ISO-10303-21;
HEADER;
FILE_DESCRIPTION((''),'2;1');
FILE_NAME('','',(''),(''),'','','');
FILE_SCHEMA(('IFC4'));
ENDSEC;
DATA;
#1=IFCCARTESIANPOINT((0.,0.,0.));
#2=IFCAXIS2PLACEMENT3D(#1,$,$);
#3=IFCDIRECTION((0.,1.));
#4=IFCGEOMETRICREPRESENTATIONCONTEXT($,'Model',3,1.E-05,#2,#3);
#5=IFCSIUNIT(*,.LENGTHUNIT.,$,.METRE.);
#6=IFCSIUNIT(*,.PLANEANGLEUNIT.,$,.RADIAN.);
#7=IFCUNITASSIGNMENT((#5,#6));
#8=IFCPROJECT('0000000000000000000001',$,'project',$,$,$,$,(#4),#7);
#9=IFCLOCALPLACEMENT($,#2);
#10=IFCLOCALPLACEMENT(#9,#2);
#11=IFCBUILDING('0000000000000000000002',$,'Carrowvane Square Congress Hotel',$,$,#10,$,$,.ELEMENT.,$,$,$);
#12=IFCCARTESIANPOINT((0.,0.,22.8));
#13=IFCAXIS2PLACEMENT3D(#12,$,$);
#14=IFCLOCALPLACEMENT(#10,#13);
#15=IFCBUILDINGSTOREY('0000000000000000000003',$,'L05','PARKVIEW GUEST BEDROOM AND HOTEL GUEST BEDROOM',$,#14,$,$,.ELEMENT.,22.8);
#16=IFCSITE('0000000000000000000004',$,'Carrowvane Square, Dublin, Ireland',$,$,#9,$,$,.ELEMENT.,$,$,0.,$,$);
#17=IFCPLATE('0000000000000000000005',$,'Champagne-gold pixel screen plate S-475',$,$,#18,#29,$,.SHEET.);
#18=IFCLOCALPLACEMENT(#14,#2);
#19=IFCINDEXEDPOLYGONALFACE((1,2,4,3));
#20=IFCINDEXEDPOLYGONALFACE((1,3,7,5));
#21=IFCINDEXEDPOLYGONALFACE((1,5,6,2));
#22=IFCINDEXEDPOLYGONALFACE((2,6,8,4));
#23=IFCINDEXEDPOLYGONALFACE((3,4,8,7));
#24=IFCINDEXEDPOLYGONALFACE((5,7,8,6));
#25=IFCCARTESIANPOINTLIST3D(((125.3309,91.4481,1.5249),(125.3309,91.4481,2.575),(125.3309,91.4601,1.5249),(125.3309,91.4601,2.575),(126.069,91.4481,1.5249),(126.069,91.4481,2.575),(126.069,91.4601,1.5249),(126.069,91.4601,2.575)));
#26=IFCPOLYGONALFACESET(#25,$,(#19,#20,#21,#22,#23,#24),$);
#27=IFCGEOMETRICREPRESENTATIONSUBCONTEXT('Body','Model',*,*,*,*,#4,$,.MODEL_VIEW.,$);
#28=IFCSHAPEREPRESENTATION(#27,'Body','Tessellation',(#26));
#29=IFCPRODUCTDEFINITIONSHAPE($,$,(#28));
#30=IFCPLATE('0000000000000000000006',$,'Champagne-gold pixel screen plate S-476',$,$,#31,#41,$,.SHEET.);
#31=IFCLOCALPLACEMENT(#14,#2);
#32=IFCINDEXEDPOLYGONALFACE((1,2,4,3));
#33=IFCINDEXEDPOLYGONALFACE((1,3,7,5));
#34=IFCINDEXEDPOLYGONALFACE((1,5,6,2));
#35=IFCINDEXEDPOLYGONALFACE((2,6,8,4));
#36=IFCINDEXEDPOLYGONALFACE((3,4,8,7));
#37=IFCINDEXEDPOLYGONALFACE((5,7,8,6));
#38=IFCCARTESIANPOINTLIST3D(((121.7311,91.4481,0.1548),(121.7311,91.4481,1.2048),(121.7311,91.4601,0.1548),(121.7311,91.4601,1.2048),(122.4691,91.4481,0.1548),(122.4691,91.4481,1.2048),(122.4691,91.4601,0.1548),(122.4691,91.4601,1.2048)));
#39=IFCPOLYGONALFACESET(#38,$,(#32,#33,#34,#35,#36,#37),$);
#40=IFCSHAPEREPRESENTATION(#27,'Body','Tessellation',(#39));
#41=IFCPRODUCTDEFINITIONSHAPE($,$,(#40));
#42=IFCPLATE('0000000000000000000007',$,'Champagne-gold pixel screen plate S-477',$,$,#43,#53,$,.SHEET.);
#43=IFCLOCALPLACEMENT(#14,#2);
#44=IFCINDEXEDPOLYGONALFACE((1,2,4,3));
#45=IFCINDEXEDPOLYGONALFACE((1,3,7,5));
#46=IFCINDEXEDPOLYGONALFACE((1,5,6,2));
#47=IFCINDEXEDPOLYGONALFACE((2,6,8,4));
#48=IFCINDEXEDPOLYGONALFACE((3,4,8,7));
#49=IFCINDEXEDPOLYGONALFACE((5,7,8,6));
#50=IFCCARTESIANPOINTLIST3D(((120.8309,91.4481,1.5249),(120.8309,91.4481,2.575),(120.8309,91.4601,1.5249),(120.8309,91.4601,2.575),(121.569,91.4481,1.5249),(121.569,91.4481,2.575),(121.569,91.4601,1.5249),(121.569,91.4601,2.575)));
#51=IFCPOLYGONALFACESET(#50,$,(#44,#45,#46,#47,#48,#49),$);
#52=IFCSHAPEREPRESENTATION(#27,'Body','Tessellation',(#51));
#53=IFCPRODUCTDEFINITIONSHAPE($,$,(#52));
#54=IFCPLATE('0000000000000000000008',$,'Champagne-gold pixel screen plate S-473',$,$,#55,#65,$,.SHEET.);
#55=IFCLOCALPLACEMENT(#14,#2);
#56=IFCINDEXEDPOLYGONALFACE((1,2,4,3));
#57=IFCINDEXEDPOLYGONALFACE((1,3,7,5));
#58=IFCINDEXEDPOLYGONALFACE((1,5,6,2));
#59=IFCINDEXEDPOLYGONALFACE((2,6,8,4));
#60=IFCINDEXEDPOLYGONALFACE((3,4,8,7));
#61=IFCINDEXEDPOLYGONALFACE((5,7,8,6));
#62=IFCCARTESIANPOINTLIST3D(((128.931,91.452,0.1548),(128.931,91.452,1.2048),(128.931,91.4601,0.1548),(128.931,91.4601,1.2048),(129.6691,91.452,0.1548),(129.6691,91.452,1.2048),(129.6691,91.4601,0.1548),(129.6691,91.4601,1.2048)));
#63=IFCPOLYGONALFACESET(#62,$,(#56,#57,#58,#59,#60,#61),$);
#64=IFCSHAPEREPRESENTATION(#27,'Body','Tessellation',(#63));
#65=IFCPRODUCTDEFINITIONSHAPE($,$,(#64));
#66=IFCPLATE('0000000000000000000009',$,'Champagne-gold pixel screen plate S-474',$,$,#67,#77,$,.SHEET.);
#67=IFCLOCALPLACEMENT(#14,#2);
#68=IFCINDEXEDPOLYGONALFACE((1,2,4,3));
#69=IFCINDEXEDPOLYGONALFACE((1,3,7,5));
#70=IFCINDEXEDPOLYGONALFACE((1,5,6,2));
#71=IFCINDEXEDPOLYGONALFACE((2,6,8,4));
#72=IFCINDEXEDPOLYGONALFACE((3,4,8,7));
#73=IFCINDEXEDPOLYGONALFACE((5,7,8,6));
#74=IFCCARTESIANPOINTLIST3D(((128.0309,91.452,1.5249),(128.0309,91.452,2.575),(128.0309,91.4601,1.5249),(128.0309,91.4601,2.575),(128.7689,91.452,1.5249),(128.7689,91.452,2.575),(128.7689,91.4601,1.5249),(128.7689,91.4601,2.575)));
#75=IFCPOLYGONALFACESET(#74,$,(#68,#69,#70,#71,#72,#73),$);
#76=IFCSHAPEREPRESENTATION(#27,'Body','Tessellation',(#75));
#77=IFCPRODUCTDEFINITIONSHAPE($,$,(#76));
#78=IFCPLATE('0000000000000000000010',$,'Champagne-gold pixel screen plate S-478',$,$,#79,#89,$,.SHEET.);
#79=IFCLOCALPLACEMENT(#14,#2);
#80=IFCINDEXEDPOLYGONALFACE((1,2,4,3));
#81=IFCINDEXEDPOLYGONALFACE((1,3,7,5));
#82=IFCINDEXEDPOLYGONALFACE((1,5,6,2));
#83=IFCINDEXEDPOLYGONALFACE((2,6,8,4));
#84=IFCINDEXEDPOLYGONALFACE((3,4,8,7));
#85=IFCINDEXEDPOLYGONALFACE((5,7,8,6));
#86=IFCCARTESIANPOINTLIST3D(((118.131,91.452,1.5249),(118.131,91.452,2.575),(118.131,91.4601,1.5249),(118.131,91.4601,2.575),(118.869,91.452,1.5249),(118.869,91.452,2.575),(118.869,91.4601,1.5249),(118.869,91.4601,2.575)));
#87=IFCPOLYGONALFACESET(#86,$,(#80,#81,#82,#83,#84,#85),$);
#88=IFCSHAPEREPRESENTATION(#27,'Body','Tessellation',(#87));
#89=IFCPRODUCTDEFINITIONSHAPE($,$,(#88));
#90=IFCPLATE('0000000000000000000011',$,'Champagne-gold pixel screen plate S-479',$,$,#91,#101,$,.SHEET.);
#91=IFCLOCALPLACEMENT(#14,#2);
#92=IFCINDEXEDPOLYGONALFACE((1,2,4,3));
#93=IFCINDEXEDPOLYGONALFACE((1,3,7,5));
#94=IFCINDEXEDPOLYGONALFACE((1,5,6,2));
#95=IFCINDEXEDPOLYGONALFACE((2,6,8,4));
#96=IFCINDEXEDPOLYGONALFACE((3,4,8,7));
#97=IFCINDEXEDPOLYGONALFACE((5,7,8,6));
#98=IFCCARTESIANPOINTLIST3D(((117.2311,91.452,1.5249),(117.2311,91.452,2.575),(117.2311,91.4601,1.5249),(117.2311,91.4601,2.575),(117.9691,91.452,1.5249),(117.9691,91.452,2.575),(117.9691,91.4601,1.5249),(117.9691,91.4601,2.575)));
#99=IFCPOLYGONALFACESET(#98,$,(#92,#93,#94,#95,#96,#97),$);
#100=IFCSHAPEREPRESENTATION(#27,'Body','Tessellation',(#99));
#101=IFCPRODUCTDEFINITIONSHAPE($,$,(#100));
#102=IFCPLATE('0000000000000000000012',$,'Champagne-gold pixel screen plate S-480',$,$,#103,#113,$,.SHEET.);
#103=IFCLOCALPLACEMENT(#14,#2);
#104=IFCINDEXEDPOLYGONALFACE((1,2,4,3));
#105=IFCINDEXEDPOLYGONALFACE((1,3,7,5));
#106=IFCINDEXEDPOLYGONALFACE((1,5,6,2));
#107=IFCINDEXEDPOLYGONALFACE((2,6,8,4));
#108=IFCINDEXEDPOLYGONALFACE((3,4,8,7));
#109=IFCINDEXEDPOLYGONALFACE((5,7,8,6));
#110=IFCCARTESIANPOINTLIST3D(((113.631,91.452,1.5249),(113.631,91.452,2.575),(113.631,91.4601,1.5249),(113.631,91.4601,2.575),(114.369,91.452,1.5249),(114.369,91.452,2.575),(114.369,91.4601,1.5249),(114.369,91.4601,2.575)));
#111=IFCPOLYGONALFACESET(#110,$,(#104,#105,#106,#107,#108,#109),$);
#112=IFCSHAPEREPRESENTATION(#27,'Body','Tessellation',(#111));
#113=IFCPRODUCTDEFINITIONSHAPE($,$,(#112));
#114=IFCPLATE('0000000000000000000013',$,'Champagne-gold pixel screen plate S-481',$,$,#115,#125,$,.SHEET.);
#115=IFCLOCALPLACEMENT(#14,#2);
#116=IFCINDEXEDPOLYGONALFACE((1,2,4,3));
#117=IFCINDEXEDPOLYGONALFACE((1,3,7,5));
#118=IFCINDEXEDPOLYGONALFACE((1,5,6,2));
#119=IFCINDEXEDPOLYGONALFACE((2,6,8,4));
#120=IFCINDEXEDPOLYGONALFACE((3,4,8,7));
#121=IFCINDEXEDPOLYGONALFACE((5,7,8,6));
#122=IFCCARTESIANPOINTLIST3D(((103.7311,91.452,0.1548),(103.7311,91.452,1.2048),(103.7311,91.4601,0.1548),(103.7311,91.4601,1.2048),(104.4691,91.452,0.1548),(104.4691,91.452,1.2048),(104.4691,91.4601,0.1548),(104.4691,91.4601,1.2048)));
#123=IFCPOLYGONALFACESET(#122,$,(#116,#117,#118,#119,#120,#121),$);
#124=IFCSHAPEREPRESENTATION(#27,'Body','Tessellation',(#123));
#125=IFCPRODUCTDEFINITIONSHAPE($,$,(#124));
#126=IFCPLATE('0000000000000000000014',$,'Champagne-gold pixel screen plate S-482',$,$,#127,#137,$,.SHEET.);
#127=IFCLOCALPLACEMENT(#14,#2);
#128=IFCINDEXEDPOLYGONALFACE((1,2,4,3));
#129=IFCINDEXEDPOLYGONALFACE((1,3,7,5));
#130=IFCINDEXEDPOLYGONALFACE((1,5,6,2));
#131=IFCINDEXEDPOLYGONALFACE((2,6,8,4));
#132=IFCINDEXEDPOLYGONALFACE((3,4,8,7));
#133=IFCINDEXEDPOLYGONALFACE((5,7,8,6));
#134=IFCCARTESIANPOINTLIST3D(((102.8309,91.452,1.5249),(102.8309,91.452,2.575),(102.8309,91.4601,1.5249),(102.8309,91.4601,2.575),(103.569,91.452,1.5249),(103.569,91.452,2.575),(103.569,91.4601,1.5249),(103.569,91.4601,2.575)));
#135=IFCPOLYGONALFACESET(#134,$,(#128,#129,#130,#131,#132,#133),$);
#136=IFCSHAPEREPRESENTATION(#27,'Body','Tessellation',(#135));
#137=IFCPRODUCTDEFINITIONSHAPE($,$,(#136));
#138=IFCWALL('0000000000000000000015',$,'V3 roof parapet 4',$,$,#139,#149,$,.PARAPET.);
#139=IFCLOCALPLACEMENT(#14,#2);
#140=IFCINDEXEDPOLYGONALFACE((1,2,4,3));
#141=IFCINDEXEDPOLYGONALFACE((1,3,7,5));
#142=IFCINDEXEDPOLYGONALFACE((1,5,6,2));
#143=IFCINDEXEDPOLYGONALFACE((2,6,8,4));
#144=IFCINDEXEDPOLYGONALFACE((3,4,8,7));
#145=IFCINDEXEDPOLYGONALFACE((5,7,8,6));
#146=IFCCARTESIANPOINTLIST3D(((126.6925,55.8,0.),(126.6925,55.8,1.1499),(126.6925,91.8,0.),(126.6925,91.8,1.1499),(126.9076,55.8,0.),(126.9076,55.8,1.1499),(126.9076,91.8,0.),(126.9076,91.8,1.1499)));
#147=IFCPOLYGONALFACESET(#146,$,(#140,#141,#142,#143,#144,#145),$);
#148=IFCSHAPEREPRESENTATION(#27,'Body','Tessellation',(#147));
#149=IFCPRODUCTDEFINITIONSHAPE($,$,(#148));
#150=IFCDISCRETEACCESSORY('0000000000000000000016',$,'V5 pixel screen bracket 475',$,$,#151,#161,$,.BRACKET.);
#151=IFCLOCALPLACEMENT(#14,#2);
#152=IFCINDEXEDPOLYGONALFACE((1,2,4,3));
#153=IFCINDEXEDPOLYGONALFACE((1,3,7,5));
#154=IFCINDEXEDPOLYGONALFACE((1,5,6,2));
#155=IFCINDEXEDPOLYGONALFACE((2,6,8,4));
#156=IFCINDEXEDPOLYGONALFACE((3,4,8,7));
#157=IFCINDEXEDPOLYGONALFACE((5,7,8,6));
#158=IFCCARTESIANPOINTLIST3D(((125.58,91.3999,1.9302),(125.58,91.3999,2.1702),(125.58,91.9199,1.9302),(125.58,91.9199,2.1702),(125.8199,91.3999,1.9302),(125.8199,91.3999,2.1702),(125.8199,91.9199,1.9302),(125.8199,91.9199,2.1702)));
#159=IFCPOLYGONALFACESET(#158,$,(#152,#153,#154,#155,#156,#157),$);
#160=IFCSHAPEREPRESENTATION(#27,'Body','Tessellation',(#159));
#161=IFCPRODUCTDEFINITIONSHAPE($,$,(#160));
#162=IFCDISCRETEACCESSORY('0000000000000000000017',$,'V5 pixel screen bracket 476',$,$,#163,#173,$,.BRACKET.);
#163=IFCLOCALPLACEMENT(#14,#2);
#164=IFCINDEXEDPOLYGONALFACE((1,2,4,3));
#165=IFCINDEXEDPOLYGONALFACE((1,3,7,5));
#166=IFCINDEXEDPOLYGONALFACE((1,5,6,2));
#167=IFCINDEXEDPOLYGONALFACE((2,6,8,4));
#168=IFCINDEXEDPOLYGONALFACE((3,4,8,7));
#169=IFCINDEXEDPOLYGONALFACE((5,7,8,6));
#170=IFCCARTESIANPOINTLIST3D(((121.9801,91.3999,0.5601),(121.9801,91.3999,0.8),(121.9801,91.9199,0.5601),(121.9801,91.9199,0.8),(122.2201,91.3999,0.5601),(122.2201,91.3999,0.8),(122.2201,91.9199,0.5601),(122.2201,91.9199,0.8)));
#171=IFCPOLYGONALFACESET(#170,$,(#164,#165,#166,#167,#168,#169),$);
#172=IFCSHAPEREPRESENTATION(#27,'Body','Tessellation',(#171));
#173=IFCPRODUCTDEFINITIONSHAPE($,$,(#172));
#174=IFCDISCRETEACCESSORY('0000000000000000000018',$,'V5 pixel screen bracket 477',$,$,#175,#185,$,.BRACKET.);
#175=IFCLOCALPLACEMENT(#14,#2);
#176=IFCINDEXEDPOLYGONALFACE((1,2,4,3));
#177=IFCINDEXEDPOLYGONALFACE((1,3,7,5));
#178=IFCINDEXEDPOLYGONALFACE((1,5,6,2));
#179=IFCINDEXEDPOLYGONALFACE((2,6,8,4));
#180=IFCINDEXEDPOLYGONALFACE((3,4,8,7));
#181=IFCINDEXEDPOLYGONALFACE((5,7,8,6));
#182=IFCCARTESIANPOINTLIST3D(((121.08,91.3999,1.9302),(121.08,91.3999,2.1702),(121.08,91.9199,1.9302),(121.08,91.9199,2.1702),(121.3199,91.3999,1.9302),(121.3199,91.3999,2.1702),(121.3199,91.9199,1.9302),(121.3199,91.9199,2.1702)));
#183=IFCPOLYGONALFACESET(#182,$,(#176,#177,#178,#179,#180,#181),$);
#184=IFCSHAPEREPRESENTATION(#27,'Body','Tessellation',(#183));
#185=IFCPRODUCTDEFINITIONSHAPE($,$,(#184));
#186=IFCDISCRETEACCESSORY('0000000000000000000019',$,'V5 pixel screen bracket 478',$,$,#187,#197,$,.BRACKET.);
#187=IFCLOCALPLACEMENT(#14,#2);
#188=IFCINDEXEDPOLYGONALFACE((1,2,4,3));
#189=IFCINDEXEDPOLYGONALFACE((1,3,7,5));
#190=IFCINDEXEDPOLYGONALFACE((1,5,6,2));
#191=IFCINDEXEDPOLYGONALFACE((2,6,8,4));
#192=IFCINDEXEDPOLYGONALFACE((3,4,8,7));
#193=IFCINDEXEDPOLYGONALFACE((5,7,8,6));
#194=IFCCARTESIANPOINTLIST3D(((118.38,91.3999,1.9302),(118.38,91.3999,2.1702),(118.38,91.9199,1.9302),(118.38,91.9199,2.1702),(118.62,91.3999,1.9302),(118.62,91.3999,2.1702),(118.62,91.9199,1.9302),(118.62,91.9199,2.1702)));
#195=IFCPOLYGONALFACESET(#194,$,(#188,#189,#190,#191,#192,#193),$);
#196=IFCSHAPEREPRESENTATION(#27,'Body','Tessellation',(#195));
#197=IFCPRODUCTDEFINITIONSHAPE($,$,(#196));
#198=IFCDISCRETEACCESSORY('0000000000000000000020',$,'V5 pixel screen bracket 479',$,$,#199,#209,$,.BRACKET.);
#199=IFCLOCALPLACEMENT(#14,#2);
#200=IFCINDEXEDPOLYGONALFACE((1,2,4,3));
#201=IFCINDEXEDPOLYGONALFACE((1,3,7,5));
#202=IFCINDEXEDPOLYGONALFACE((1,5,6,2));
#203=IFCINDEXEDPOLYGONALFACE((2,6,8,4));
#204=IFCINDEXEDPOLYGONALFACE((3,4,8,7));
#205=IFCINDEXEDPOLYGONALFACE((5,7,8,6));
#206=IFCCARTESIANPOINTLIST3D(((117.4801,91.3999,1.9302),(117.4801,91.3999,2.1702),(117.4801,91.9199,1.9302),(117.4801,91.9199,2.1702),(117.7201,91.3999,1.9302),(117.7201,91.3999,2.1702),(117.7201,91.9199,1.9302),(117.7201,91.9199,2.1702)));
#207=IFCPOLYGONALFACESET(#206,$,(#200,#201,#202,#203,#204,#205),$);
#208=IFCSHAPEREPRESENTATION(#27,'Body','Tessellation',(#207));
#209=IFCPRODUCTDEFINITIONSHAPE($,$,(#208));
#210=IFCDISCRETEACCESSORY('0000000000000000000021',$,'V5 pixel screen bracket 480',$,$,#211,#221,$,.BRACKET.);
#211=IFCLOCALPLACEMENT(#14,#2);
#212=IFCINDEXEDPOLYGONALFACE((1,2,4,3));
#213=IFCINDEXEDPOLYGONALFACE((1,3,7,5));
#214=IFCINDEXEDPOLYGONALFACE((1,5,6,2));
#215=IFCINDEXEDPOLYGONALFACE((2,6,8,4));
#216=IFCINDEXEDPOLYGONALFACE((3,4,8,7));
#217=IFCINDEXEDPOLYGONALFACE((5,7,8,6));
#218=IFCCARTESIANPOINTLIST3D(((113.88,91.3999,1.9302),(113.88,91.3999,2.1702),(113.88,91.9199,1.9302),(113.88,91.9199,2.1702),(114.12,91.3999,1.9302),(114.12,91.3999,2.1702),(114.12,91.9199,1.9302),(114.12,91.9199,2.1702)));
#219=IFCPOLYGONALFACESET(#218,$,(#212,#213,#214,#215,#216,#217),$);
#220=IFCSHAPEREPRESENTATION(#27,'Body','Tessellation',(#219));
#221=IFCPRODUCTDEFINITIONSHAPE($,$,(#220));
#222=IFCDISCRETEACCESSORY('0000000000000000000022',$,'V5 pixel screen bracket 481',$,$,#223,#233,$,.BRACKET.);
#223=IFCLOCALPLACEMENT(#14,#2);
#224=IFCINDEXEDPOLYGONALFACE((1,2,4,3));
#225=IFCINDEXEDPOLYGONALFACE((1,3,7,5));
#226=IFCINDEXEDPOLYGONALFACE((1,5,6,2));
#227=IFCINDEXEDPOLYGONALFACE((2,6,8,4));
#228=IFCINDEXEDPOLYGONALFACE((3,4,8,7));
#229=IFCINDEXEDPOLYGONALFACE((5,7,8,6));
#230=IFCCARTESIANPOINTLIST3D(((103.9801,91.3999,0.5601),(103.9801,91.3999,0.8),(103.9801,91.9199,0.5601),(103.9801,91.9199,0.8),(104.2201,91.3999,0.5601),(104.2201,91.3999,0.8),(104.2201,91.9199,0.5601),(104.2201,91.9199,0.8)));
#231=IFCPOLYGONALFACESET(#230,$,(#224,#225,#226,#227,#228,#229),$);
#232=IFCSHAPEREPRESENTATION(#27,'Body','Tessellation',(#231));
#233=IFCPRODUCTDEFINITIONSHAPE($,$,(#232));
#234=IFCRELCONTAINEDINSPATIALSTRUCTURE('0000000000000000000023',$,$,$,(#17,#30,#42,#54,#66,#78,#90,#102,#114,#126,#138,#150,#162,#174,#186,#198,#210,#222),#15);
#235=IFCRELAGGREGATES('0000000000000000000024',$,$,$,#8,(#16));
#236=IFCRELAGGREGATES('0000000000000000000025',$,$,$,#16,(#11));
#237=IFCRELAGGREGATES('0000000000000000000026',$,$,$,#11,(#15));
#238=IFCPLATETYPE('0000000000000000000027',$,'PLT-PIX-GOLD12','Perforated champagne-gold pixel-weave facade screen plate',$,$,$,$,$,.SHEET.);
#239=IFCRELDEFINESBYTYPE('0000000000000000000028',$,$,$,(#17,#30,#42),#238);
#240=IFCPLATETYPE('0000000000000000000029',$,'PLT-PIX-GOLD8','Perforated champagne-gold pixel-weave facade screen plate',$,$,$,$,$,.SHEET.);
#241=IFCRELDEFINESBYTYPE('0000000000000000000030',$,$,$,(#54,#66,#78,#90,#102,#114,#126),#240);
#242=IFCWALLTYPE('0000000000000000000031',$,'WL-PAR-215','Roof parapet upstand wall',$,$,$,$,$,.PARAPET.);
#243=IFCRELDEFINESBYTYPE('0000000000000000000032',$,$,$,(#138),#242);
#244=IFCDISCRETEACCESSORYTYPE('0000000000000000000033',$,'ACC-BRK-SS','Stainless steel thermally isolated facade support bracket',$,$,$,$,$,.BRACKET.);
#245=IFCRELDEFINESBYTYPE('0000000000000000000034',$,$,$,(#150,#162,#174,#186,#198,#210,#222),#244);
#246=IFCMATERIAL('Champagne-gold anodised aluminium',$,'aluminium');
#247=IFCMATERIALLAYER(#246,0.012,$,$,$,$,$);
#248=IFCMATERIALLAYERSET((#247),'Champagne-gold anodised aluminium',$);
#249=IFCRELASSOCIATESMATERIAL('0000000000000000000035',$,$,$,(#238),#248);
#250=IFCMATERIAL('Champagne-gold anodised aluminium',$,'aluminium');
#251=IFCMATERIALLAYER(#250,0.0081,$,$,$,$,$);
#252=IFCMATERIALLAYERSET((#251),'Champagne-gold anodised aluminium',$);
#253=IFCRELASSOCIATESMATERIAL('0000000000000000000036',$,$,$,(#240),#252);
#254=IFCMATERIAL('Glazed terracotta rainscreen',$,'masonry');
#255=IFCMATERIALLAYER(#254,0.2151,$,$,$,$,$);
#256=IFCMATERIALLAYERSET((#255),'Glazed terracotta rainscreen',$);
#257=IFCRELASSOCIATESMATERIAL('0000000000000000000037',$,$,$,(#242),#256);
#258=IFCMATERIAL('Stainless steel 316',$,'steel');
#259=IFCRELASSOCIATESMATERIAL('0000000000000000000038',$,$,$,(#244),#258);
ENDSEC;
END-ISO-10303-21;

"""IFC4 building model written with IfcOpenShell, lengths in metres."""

from ifc_helpers import new_model, si_unit, direction, frame, frame_2d, origin, origin_2d, place, context, subcontext, project, spatial, rectangle, extrude, material, layer, layer_set, type_object, element, save


model = new_model("IFC4")

# Units and contexts
model_context = context("Model", 3, precision=1e-05, world=origin(), true_north=direction((0.0, 1.0)))
body_context = subcontext(model_context, "Body", "Model", "MODEL_VIEW")
ifc_project = project(units=[si_unit("LENGTHUNIT", "METRE"), si_unit("PLANEANGLEUNIT", "RADIAN")], contexts=[model_context])

# Site, building, storey
site_placement = place(None, origin())
site = spatial("IfcSite", under=ifc_project, at=site_placement, Name="Carrowvane Square, Dublin, Ireland", CompositionType="ELEMENT", RefElevation=0.0)
building_placement = place(site_placement, origin())
building = spatial("IfcBuilding", under=site, at=building_placement, Name="Carrowvane Square Congress Hotel", CompositionType="ELEMENT")
storey_placement = place(building_placement, frame((0.0, 0.0, 22.8)))
storey = spatial("IfcBuildingStorey", under=building, at=storey_placement, Name="L05", Description="PARKVIEW GUEST BEDROOM AND HOTEL GUEST BEDROOM", CompositionType="ELEMENT", Elevation=22.8)

# Plates
ifc_material_1 = material(Name="Champagne-gold anodised aluminium", Category="aluminium")
ifc_layer_1 = layer(ifc_material_1, 0.012)
ifc_layer_set_1 = layer_set([ifc_layer_1], Name="Champagne-gold anodised aluminium")
plate_type_1 = type_object("IfcPlateType", Name="PLT-PIX-GOLD12", Description="Perforated champagne-gold pixel-weave facade screen plate", PredefinedType="SHEET", material=ifc_layer_set_1)
for number, where, z_axis, x_axis, name in (
    (1, (125.7, 91.4541, 1.5249), (0.0, 0.0, 1.0), (-1.0, 0.0, 0.0), "Champagne-gold pixel screen plate S-475"),
    (2, (122.1001, 91.4541, 0.1548), (0.0, 0.0, 1.0), (-1.0, 0.0, 0.0), "Champagne-gold pixel screen plate S-476"),
    (3, (121.2, 91.4541, 1.5249), (0.0, 0.0, 1.0), (-1.0, 0.0, 0.0), "Champagne-gold pixel screen plate S-477"),
):
    element("IfcPlate", number, at=place(storey_placement, frame(where, z_axis=z_axis, x_axis=x_axis)), inside=storey, type_object=plate_type_1, Name=name, PredefinedType="SHEET", context=body_context, shape_type="SweptSolid", body=[
        extrude(rectangle(XDim=0.738, YDim=0.012, at=origin_2d()), origin(), (0.0, 0.0, 1.0), 1.05),
    ])
ifc_material_2 = material(Name="Champagne-gold anodised aluminium", Category="aluminium")
ifc_layer_2 = layer(ifc_material_2, 0.0081)
ifc_layer_set_2 = layer_set([ifc_layer_2], Name="Champagne-gold anodised aluminium")
plate_type_2 = type_object("IfcPlateType", Name="PLT-PIX-GOLD8", Description="Perforated champagne-gold pixel-weave facade screen plate", PredefinedType="SHEET", material=ifc_layer_set_2)
for number, where, z_axis, x_axis, name in (
    (4, (129.3, 91.4561, 0.1548), (0.0, 0.0, 1.0), (-1.0, 0.0, 0.0), "Champagne-gold pixel screen plate S-473"),
    (5, (128.3999, 91.4561, 1.5249), (0.0, 0.0, 1.0), (-1.0, 0.0, 0.0), "Champagne-gold pixel screen plate S-474"),
    (6, (118.5, 91.4561, 1.5249), (0.0, 0.0, 1.0), (-1.0, 0.0, 0.0), "Champagne-gold pixel screen plate S-478"),
    (7, (117.6001, 91.4561, 1.5249), (0.0, 0.0, 1.0), (-1.0, 0.0, 0.0), "Champagne-gold pixel screen plate S-479"),
    (8, (114.0, 91.4561, 1.5249), (0.0, 0.0, 1.0), (-1.0, 0.0, 0.0), "Champagne-gold pixel screen plate S-480"),
    (9, (104.1001, 91.4561, 0.1548), (0.0, 0.0, 1.0), (-1.0, 0.0, 0.0), "Champagne-gold pixel screen plate S-481"),
    (10, (103.2, 91.4561, 1.5249), (0.0, 0.0, 1.0), (-1.0, 0.0, 0.0), "Champagne-gold pixel screen plate S-482"),
):
    element("IfcPlate", number, at=place(storey_placement, frame(where, z_axis=z_axis, x_axis=x_axis)), inside=storey, type_object=plate_type_2, Name=name, PredefinedType="SHEET", context=body_context, shape_type="SweptSolid", body=[
        extrude(rectangle(XDim=0.738, YDim=0.0081, at=origin_2d()), origin(), (0.0, 0.0, 1.0), 1.05),
    ])

# Wall
ifc_material_3 = material(Name="Glazed terracotta rainscreen", Category="masonry")
ifc_layer_3 = layer(ifc_material_3, 0.2151)
ifc_layer_set_3 = layer_set([ifc_layer_3], Name="Glazed terracotta rainscreen")
wall_type = type_object("IfcWallType", Name="WL-PAR-215", Description="Roof parapet upstand wall", PredefinedType="PARAPET", material=ifc_layer_set_3)
wall_placement = place(storey_placement, frame((126.8, 55.8, 0.0), z_axis=(0.0, 0.0, 1.0), x_axis=(0.0, 1.0, 0.0)))
element("IfcWall", 11, at=wall_placement, inside=storey, type_object=wall_type, Name="V3 roof parapet 4", PredefinedType="PARAPET", context=body_context, shape_type="SweptSolid", body=[
    extrude(rectangle(XDim=36.0, YDim=0.2151, at=frame_2d((18.0, 0.0))), origin(), (0.0, 0.0, 1.0), 1.1499),
])

# Discrete accessories
ifc_material_4 = material(Name="Stainless steel 316", Category="steel")
discrete_accessory_type = type_object("IfcDiscreteAccessoryType", Name="ACC-BRK-SS", Description="Stainless steel thermally isolated facade support bracket", PredefinedType="BRACKET", material=ifc_material_4)
for number, where, z_axis, x_axis, name in (
    (12, (125.7, 91.6599, 1.9302), (0.0, 0.0, 1.0), (-1.0, 0.0, 0.0), "V5 pixel screen bracket 475"),
    (13, (122.1001, 91.6599, 0.5601), (0.0, 0.0, 1.0), (-1.0, 0.0, 0.0), "V5 pixel screen bracket 476"),
    (14, (121.2, 91.6599, 1.9302), (0.0, 0.0, 1.0), (-1.0, 0.0, 0.0), "V5 pixel screen bracket 477"),
    (15, (118.5, 91.6599, 1.9302), (0.0, 0.0, 1.0), (-1.0, 0.0, 0.0), "V5 pixel screen bracket 478"),
    (16, (117.6001, 91.6599, 1.9302), (0.0, 0.0, 1.0), (-1.0, 0.0, 0.0), "V5 pixel screen bracket 479"),
    (17, (114.0, 91.6599, 1.9302), (0.0, 0.0, 1.0), (-1.0, 0.0, 0.0), "V5 pixel screen bracket 480"),
    (18, (104.1001, 91.6599, 0.5601), (0.0, 0.0, 1.0), (-1.0, 0.0, 0.0), "V5 pixel screen bracket 481"),
):
    element("IfcDiscreteAccessory", number, at=place(storey_placement, frame(where, z_axis=z_axis, x_axis=x_axis)), inside=storey, type_object=discrete_accessory_type, Name=name, PredefinedType="BRACKET", context=body_context, shape_type="SweptSolid", body=[
        extrude(rectangle(XDim=0.24, YDim=0.52, at=origin_2d()), origin(), (0.0, 0.0, 1.0), 0.24),
    ])

save(model, "model.ifc")
